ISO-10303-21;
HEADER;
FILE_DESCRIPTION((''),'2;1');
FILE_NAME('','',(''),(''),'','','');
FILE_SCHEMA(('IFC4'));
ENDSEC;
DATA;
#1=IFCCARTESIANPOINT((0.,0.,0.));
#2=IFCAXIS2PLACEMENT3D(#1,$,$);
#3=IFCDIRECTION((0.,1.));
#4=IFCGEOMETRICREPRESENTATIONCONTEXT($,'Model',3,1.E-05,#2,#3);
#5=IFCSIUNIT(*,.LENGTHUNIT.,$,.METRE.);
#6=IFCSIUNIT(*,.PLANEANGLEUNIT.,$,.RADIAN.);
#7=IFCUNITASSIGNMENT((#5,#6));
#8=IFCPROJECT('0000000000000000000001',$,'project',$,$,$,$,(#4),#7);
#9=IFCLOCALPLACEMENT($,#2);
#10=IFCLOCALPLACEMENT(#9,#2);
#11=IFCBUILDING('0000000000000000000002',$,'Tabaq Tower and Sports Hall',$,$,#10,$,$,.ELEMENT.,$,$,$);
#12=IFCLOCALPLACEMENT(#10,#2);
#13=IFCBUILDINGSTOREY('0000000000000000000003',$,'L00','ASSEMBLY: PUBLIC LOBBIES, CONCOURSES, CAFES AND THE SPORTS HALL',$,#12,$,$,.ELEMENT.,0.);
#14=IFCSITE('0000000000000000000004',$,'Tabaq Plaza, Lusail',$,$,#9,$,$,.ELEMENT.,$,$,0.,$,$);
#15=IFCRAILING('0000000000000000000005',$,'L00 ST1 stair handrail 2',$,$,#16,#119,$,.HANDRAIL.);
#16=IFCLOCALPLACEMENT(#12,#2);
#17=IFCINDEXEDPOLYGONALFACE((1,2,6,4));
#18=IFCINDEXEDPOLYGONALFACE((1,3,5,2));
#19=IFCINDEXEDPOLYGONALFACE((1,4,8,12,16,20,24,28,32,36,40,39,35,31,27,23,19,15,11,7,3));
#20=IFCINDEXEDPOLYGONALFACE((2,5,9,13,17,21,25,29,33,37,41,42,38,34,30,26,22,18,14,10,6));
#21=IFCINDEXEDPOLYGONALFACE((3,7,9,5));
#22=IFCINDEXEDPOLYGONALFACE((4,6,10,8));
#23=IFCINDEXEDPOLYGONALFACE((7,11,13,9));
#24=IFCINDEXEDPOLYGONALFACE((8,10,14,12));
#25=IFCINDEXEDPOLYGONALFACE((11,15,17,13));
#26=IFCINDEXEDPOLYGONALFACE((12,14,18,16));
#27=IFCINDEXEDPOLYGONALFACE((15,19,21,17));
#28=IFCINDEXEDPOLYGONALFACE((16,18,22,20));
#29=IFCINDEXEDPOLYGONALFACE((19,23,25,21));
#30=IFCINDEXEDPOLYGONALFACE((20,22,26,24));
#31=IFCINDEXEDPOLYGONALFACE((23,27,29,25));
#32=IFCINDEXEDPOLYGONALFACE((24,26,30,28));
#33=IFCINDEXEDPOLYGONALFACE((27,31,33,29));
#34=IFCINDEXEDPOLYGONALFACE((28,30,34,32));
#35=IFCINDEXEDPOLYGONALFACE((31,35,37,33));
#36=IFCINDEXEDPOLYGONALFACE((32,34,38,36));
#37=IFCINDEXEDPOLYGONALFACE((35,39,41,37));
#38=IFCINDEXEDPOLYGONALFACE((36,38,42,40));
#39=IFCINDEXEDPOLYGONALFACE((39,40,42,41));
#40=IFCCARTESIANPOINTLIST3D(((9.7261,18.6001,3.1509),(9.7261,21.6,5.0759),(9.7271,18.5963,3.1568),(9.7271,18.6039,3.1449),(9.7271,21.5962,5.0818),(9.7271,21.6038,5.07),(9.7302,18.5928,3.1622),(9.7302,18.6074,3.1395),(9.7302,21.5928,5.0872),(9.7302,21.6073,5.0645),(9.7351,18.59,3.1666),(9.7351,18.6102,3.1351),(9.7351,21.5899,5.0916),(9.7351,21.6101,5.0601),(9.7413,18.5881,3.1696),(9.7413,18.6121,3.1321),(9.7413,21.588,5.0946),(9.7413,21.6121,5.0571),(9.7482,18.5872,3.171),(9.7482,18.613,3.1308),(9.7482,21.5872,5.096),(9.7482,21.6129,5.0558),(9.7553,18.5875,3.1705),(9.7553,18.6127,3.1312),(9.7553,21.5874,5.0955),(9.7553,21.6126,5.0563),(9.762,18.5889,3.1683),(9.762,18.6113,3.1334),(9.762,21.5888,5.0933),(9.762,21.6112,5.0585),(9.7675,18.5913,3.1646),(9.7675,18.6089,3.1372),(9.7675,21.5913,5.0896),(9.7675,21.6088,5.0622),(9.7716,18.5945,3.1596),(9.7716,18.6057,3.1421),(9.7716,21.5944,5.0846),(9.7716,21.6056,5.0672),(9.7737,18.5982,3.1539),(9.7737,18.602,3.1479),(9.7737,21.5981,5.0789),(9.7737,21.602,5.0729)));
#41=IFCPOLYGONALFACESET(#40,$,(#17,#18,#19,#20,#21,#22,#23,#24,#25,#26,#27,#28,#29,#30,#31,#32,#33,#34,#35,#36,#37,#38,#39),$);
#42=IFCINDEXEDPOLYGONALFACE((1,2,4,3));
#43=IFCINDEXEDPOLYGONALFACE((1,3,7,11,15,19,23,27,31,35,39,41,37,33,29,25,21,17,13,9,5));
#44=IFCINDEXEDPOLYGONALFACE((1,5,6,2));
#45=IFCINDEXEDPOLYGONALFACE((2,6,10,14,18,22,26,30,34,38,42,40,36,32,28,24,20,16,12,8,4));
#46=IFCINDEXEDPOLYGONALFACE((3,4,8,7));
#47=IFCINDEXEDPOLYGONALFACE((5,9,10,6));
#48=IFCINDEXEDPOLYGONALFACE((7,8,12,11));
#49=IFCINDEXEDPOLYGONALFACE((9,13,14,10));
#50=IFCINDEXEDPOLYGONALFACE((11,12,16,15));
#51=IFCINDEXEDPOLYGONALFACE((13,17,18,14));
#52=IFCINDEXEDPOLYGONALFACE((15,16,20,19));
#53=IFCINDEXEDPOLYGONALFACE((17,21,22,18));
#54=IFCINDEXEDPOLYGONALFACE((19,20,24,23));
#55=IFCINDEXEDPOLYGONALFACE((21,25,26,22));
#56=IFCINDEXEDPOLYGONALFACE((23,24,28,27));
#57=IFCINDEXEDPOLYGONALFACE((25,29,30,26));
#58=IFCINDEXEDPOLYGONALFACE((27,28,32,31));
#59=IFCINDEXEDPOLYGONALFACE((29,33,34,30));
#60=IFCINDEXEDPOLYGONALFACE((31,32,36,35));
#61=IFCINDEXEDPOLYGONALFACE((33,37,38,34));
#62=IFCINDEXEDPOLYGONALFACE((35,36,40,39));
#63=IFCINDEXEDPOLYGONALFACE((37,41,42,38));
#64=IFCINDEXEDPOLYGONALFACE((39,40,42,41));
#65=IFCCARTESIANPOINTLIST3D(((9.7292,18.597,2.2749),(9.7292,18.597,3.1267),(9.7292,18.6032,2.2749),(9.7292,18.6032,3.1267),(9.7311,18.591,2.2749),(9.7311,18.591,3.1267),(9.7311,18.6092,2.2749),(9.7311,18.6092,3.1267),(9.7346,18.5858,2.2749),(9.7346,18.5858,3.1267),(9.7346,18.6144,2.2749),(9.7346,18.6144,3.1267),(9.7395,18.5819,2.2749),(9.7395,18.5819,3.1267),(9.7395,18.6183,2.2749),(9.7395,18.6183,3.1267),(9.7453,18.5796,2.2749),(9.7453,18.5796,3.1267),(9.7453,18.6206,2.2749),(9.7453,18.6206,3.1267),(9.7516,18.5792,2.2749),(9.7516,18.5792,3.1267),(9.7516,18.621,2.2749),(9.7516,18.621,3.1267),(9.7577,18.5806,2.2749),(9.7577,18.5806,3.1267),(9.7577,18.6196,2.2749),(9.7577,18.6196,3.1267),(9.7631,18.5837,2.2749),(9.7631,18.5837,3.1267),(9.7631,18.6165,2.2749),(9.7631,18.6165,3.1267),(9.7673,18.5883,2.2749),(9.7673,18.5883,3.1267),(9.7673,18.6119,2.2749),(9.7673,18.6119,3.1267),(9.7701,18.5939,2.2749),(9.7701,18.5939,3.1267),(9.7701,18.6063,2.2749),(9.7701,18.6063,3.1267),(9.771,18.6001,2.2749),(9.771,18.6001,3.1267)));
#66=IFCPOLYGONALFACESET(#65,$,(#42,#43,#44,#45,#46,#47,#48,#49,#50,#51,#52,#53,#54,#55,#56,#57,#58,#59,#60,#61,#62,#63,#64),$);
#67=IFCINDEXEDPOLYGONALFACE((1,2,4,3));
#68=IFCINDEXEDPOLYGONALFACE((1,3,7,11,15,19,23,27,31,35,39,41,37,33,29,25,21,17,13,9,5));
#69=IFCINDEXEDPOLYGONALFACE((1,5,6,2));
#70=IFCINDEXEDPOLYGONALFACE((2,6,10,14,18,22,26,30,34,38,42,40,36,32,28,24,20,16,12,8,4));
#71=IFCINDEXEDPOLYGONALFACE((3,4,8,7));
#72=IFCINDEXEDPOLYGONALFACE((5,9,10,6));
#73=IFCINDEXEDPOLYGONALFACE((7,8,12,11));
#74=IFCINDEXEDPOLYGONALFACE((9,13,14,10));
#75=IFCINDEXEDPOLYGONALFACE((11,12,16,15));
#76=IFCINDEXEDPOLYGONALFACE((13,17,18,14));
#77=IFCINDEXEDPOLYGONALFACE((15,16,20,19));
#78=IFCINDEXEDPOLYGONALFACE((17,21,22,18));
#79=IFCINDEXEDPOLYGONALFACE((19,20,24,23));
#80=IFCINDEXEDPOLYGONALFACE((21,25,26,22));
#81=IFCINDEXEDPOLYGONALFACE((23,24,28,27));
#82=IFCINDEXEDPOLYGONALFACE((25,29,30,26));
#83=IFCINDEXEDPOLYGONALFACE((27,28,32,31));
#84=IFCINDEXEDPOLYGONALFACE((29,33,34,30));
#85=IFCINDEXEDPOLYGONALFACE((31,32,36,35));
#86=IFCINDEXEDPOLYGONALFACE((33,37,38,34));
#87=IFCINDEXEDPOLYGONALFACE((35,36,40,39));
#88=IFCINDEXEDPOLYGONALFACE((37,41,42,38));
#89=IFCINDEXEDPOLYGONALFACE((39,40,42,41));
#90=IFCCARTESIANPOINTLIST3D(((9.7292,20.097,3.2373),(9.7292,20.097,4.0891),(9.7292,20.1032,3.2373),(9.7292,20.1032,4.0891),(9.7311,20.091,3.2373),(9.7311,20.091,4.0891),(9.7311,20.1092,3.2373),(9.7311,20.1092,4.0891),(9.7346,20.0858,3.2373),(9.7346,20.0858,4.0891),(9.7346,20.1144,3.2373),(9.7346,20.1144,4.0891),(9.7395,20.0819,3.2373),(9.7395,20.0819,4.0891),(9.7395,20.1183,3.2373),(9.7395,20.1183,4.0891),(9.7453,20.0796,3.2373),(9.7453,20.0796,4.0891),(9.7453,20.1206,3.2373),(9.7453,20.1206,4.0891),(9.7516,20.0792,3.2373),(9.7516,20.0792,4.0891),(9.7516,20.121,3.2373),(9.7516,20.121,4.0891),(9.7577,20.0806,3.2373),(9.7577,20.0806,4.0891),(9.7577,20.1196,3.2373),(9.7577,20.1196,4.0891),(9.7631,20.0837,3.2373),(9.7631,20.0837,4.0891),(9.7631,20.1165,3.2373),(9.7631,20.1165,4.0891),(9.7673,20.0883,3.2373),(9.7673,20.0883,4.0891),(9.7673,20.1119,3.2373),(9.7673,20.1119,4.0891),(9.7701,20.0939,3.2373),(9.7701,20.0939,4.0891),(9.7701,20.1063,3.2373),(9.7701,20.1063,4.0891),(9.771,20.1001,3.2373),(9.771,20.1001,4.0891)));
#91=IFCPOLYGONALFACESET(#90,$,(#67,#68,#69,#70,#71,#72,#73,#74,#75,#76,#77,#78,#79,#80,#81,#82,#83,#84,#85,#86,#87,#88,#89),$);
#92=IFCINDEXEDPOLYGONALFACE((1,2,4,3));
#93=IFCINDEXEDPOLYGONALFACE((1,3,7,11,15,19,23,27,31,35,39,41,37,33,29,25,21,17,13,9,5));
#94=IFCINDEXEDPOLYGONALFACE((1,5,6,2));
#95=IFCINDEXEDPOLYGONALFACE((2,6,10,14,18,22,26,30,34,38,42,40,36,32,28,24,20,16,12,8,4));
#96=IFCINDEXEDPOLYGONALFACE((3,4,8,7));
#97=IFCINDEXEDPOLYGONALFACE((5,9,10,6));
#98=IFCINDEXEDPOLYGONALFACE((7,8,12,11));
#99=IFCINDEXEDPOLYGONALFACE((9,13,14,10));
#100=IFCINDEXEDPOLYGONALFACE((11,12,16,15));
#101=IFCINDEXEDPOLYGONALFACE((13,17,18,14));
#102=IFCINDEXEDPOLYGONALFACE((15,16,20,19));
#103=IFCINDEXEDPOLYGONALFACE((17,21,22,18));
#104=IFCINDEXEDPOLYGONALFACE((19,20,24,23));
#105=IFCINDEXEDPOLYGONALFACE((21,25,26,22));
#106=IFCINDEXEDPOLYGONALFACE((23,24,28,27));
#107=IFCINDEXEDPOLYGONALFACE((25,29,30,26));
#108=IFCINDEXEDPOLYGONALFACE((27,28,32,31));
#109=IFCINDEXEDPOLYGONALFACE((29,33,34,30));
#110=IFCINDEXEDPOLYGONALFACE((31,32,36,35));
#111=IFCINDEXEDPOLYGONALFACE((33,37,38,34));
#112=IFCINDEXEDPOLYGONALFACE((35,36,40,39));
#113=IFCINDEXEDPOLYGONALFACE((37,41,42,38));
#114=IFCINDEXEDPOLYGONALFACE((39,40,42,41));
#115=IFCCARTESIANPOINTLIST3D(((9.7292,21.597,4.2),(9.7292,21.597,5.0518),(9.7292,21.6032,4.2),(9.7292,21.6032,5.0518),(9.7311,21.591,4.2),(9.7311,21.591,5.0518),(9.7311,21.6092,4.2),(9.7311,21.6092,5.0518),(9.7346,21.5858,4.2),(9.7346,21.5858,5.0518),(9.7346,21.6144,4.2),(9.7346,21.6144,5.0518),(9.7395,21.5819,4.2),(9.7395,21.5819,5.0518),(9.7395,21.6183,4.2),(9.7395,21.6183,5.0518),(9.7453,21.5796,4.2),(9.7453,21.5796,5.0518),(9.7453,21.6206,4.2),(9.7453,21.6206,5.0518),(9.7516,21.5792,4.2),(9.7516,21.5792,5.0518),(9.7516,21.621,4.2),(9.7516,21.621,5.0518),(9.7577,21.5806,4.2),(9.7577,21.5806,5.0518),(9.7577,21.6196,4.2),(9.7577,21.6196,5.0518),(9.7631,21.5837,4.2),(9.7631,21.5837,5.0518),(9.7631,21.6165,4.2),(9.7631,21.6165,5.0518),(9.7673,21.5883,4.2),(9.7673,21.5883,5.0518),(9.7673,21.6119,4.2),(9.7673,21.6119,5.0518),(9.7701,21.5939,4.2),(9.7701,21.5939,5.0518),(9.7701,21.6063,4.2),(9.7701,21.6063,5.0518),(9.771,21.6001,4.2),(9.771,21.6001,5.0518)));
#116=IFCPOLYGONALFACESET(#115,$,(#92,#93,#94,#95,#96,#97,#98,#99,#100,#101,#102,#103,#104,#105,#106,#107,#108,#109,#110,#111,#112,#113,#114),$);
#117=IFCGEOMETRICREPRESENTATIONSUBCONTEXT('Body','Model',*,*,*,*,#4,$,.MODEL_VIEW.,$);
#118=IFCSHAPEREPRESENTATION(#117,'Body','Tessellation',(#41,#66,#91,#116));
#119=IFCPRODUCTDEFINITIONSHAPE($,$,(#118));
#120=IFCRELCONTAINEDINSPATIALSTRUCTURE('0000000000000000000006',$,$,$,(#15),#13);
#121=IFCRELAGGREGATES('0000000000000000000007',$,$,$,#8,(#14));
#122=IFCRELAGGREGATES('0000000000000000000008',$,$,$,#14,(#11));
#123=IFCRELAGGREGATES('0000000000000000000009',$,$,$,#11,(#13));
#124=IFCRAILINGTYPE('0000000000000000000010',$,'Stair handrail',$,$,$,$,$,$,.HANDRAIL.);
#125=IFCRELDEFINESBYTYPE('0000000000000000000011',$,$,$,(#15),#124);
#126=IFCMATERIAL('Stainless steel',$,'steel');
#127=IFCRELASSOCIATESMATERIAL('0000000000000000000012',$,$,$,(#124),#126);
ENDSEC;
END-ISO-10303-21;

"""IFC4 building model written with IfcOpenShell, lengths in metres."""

from ifc_helpers import new_model, si_unit, direction, frame, origin, origin_2d, place, context, subcontext, project, spatial, circle, extrude, material, type_object, element, save


model = new_model("IFC4")

# Units and contexts
model_context = context("Model", 3, precision=1e-05, world=origin(), true_north=direction((0.0, 1.0)))
body_context = subcontext(model_context, "Body", "Model", "MODEL_VIEW")
ifc_project = project(units=[si_unit("LENGTHUNIT", "METRE"), si_unit("PLANEANGLEUNIT", "RADIAN")], contexts=[model_context])

# Site, building, storey
site_placement = place(None, origin())
site = spatial("IfcSite", under=ifc_project, at=site_placement, Name="Tabaq Plaza, Lusail", CompositionType="ELEMENT", RefElevation=0.0)
building_placement = place(site_placement, origin())
building = spatial("IfcBuilding", under=site, at=building_placement, Name="Tabaq Tower and Sports Hall", CompositionType="ELEMENT")
storey_placement = place(building_placement, origin())
storey = spatial("IfcBuildingStorey", under=building, at=storey_placement, Name="L00", Description="ASSEMBLY: PUBLIC LOBBIES, CONCOURSES, CAFES AND THE SPORTS HALL", CompositionType="ELEMENT", Elevation=0.0)

# Railing
ifc_material_1 = material(Name="Stainless steel", Category="steel")
railing_type_1 = type_object("IfcRailingType", Name="Stair handrail", PredefinedType="HANDRAIL", material=ifc_material_1)
railing_1_placement = place(storey_placement, frame((9.75, 18.6001, 2.2749)))
element("IfcRailing", 1, at=railing_1_placement, inside=storey, type_object=railing_type_1, Name="L00 ST1 stair handrail 2", PredefinedType="HANDRAIL", context=body_context, shape_type="SweptSolid", body=[
    extrude(circle(Radius=0.0239, at=origin_2d()), frame((0.0, 0.0, 0.876), z_axis=(0.0, 0.841628, 0.540058), x_axis=(-1.0, 0.0, 0.0)), (0.0, 0.0, 1.0), 3.5645),
    extrude(circle(Radius=0.021, at=origin_2d()), origin(), (0.0, 0.0, 1.0), 0.8518),
    extrude(circle(Radius=0.021, at=origin_2d()), frame((0.0, 1.5, 0.9624)), (0.0, 0.0, 1.0), 0.8518),
    extrude(circle(Radius=0.021, at=origin_2d()), frame((0.0, 3.0, 1.925)), (0.0, 0.0, 1.0), 0.8518),
])

save(model, "model.ifc")
